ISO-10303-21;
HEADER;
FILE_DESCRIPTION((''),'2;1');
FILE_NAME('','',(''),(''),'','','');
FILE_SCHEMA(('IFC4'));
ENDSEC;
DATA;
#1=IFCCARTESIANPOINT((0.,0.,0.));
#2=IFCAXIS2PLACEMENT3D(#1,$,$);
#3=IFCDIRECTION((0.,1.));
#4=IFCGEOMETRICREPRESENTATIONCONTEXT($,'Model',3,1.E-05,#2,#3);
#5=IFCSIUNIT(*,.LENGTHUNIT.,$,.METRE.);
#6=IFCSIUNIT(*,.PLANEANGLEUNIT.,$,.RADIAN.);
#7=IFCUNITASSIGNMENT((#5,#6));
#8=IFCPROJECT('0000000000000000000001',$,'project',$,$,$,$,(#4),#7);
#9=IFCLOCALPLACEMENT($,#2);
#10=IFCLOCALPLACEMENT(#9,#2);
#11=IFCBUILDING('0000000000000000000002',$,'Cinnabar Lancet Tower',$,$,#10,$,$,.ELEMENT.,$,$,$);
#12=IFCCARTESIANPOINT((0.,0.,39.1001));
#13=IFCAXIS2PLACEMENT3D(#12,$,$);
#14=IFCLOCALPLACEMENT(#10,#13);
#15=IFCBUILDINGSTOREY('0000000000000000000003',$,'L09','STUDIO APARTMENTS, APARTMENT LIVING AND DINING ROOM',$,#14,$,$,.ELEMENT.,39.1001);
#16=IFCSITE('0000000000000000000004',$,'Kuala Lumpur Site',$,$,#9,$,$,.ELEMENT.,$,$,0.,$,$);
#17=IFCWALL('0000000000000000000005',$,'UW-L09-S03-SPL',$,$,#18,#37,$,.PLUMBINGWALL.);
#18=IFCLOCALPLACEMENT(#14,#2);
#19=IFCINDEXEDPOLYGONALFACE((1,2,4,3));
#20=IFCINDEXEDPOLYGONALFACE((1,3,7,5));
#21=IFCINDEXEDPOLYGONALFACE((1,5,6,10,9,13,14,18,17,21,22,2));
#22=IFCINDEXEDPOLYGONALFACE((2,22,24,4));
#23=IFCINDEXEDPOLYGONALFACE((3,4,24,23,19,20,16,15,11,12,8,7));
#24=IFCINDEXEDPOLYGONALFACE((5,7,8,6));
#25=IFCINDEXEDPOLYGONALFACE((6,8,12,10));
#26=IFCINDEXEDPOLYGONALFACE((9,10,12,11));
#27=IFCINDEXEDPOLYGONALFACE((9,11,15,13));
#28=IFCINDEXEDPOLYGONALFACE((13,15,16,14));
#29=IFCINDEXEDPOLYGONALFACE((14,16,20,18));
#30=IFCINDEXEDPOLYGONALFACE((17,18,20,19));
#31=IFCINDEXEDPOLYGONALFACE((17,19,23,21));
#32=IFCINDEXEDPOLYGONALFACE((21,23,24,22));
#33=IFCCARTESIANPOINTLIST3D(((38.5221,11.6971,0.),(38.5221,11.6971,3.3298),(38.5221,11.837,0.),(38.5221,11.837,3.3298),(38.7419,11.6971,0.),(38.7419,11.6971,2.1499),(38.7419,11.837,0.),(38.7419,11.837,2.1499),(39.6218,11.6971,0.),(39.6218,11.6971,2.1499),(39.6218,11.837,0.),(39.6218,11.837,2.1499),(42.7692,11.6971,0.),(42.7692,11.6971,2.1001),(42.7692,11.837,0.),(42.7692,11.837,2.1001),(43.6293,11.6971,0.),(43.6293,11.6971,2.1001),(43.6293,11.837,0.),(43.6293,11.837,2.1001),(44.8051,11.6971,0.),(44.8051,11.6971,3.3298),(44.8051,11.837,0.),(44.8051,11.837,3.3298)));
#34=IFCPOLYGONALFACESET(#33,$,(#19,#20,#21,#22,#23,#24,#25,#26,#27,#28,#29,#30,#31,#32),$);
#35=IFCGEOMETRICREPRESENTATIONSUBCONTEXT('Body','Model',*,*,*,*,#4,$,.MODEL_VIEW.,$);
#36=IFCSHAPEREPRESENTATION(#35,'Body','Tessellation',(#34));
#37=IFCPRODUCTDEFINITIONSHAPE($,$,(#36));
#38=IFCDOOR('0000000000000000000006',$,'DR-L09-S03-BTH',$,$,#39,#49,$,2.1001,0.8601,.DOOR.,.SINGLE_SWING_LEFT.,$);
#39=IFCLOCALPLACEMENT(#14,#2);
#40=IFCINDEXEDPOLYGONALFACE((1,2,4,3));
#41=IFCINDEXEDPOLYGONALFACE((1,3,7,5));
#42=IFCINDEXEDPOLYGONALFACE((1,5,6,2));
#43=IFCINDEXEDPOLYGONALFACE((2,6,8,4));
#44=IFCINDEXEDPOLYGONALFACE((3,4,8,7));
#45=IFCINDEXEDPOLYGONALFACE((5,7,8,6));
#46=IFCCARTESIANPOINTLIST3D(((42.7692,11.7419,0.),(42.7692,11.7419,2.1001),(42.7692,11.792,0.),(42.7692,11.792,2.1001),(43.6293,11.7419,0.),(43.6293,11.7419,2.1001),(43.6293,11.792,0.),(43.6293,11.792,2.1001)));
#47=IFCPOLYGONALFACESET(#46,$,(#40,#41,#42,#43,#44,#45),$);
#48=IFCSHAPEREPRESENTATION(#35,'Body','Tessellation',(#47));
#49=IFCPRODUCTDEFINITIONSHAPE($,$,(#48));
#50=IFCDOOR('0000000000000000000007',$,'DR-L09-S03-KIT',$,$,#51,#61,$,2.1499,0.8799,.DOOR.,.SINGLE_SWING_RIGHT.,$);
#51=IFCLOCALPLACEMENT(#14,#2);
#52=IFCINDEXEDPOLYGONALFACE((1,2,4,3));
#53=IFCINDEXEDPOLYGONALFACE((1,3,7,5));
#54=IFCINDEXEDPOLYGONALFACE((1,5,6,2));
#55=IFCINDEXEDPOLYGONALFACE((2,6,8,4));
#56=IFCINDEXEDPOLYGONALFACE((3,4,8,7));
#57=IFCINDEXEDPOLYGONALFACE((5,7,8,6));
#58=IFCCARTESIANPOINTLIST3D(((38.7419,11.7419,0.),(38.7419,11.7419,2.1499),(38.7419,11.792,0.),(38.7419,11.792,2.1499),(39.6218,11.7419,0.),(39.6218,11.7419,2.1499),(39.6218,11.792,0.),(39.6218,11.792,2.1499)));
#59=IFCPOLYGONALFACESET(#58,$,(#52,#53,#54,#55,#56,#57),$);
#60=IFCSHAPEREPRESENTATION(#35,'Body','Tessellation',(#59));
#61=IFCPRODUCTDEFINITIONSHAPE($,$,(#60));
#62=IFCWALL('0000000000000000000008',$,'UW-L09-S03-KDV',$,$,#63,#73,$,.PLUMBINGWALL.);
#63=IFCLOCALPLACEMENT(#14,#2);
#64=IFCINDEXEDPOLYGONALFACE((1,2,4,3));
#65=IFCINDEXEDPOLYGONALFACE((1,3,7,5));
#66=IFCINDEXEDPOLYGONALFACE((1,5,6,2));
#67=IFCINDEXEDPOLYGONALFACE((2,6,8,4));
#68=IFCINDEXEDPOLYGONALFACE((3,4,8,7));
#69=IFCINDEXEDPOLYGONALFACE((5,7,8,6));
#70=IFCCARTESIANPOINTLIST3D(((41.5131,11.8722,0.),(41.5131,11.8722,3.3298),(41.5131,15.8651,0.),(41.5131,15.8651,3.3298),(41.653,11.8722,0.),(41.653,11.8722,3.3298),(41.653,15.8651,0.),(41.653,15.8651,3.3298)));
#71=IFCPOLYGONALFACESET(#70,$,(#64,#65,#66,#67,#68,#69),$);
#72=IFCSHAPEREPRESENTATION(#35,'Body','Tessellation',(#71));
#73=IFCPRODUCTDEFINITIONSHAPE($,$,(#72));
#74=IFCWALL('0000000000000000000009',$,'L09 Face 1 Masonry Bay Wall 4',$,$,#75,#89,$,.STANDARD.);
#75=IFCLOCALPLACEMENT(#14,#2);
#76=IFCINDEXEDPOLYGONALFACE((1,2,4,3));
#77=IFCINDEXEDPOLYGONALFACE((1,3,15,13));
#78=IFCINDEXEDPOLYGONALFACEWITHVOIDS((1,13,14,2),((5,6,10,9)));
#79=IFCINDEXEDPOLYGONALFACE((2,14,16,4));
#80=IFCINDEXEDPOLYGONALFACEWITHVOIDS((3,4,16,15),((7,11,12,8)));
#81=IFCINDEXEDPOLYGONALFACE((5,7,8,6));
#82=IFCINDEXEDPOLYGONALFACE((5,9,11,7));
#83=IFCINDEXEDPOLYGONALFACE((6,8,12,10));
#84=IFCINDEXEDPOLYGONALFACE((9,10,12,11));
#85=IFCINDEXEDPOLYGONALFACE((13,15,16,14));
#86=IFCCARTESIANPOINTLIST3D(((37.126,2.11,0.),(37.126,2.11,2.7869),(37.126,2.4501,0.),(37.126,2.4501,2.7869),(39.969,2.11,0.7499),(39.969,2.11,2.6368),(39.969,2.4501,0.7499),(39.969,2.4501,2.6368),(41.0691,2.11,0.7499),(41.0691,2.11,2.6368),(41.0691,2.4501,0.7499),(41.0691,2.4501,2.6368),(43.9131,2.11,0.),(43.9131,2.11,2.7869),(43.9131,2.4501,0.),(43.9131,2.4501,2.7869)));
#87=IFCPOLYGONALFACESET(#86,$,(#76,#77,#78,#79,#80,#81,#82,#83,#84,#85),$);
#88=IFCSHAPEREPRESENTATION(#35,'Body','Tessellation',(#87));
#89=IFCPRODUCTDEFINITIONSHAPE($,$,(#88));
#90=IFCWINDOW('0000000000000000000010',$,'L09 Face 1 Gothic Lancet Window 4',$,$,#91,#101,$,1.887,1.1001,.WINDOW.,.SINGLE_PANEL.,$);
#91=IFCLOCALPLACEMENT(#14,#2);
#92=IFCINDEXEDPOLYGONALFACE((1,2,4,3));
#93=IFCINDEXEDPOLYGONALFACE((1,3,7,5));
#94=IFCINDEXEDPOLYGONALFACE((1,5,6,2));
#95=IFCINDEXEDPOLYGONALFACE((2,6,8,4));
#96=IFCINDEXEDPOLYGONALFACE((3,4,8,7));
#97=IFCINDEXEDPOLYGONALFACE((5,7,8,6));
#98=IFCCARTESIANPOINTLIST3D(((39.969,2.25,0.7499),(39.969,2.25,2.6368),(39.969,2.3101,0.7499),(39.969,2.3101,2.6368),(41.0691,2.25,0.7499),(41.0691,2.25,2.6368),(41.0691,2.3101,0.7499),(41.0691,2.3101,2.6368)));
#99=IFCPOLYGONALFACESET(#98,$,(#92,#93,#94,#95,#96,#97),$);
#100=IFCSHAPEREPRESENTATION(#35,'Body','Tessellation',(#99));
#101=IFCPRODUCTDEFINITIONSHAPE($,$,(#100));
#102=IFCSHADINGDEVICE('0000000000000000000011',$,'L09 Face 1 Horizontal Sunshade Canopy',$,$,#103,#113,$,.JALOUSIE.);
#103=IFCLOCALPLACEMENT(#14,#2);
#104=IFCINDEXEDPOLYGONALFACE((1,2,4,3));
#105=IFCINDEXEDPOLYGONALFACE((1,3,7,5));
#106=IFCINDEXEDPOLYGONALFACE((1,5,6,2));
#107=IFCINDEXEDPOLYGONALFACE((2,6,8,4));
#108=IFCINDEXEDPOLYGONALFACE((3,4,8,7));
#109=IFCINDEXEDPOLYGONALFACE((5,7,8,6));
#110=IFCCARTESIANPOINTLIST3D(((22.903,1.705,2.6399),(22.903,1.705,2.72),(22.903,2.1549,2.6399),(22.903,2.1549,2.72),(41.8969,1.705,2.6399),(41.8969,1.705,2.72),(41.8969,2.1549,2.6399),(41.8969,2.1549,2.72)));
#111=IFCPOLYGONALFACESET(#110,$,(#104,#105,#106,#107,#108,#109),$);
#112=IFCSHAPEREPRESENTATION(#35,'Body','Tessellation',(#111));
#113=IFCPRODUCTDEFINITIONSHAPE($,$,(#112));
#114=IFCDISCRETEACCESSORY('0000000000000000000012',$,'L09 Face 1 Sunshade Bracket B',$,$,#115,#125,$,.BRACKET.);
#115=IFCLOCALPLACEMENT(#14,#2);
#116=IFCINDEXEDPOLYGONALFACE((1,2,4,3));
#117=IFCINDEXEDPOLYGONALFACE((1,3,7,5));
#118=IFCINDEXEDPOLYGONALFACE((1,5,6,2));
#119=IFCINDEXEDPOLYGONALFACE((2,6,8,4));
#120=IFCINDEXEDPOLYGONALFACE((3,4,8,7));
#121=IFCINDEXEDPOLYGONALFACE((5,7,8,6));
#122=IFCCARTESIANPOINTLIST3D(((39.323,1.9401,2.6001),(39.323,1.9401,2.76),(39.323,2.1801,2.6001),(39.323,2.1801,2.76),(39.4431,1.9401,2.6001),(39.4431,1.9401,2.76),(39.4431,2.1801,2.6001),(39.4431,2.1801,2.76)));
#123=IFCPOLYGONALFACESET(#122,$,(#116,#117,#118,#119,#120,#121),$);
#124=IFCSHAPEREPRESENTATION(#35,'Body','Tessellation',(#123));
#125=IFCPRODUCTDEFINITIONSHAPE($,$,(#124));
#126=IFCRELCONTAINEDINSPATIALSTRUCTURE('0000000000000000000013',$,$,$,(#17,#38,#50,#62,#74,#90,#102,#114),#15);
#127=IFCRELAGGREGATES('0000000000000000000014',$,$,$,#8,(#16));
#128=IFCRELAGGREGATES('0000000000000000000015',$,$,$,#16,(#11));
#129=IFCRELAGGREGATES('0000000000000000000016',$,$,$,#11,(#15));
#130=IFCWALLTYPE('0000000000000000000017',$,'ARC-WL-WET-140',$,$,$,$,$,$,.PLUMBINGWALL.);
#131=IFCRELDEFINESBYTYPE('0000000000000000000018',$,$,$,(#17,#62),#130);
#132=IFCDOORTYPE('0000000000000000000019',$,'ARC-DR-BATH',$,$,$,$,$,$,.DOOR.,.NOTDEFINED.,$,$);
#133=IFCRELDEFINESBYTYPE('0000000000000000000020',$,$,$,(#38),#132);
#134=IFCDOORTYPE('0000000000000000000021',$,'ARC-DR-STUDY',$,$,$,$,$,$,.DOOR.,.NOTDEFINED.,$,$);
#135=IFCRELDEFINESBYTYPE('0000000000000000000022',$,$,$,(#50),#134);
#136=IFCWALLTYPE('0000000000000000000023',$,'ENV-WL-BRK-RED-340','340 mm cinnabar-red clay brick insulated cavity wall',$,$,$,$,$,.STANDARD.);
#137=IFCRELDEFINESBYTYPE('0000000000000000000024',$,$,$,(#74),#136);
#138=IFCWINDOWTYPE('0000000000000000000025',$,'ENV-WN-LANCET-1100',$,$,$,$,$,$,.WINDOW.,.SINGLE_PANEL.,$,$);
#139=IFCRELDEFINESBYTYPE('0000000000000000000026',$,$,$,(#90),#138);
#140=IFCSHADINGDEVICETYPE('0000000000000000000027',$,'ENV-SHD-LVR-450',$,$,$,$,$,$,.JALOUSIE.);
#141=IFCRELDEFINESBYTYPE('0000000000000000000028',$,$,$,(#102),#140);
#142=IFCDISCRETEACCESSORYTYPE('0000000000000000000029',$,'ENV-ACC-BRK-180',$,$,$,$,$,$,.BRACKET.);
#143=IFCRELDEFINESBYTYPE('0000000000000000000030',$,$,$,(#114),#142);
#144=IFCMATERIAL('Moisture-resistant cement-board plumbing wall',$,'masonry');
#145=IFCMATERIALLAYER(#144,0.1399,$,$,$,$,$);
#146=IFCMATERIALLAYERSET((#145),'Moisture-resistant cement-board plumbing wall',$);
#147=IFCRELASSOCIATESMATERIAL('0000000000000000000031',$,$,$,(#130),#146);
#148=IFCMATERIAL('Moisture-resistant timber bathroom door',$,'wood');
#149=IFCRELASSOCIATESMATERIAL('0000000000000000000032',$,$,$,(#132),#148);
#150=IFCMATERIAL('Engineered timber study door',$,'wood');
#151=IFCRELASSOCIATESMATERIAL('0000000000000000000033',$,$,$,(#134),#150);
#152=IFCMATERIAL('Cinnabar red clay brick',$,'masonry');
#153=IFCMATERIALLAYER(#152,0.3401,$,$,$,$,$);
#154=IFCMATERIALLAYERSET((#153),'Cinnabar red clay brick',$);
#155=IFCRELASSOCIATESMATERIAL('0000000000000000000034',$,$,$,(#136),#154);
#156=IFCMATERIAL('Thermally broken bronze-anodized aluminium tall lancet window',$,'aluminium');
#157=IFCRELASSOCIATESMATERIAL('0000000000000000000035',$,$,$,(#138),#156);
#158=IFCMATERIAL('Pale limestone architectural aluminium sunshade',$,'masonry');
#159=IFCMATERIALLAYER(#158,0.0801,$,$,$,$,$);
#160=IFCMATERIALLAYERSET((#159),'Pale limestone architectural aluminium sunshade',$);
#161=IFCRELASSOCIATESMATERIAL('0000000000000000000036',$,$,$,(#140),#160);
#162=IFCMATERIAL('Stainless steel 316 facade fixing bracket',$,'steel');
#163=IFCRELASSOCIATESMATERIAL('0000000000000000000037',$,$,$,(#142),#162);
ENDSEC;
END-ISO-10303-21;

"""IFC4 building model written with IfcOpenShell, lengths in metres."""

from ifc_helpers import new_model, si_unit, direction, frame, frame_2d, origin, origin_2d, place, context, subcontext, project, spatial, rectangle, extrude, material, layer, layer_set, type_object, element, fill, save


model = new_model("IFC4")

# Units and contexts
model_context = context("Model", 3, precision=1e-05, world=origin(), true_north=direction((0.0, 1.0)))
body_context = subcontext(model_context, "Body", "Model", "MODEL_VIEW")
ifc_project = project(units=[si_unit("LENGTHUNIT", "METRE"), si_unit("PLANEANGLEUNIT", "RADIAN")], contexts=[model_context])

# Site, building, storey
site_placement = place(None, origin())
site = spatial("IfcSite", under=ifc_project, at=site_placement, Name="Kuala Lumpur Site", CompositionType="ELEMENT", RefElevation=0.0)
building_placement = place(site_placement, origin())
building = spatial("IfcBuilding", under=site, at=building_placement, Name="Cinnabar Lancet Tower", CompositionType="ELEMENT")
storey_placement = place(building_placement, frame((0.0, 0.0, 39.1001)))
storey = spatial("IfcBuildingStorey", under=building, at=storey_placement, Name="L09", Description="STUDIO APARTMENTS, APARTMENT LIVING AND DINING ROOM", CompositionType="ELEMENT", Elevation=39.1001)

# Shared definitions
ifc_material_1 = material(Name="Moisture-resistant cement-board plumbing wall", Category="masonry")
ifc_layer_1 = layer(ifc_material_1, 0.1399)
ifc_layer_set_1 = layer_set([ifc_layer_1], Name="Moisture-resistant cement-board plumbing wall")
wall_type_1 = type_object("IfcWallType", Name="ARC-WL-WET-140", PredefinedType="PLUMBINGWALL", material=ifc_layer_set_1)
ifc_material_2 = material(Name="Moisture-resistant timber bathroom door", Category="wood")
door_type_1 = type_object("IfcDoorType", Name="ARC-DR-BATH", OperationType="NOTDEFINED", PredefinedType="DOOR", material=ifc_material_2)
ifc_material_3 = material(Name="Engineered timber study door", Category="wood")
door_type_2 = type_object("IfcDoorType", Name="ARC-DR-STUDY", OperationType="NOTDEFINED", PredefinedType="DOOR", material=ifc_material_3)

# Wall, openings, doors
wall_1_placement = place(storey_placement, frame((38.522, 11.7671, 0.0), z_axis=(0.0, 0.0, 1.0), x_axis=(1.0, 0.0, 0.0)))
wall_1 = element("IfcWall", 1, at=wall_1_placement, inside=storey, type_object=wall_type_1, Name="UW-L09-S03-SPL", PredefinedType="PLUMBINGWALL", context=body_context, shape_type="SweptSolid", body=[
    extrude(rectangle(XDim=6.283, YDim=0.1399, at=frame_2d((3.1416, 0.0))), origin(), (0.0, 0.0, 1.0), 3.3298),
])
opening_1_placement = place(wall_1_placement, frame((4.2471, 0.0, 0.0)))
opening_1 = element("IfcOpeningElement", 2, at=opening_1_placement, cuts=wall_1, PredefinedType="OPENING", context=body_context, shape_type="SweptSolid", body=[
    extrude(rectangle(XDim=0.8601, YDim=2.1001, at=frame_2d((0.4302, 1.05))), frame((0.0, 0.0798, 0.0), z_axis=(0.0, -1.0, 0.0), x_axis=(1.0, 0.0, 0.0)), (0.0, 0.0, 1.0), 0.1599),
])
opening_2_placement = place(wall_1_placement, frame((0.22, 0.0, 0.0)))
opening_2 = element("IfcOpeningElement", 3, at=opening_2_placement, cuts=wall_1, PredefinedType="OPENING", context=body_context, shape_type="SweptSolid", body=[
    extrude(rectangle(XDim=0.8799, YDim=2.1499, at=frame_2d((0.4399, 1.075))), frame((0.0, 0.0798, 0.0), z_axis=(0.0, -1.0, 0.0), x_axis=(1.0, 0.0, 0.0)), (0.0, 0.0, 1.0), 0.1599),
])
door_1_placement = place(opening_1_placement, origin())
door_1 = element("IfcDoor", 4, at=door_1_placement, inside=storey, type_object=door_type_1, Name="DR-L09-S03-BTH", OperationType="SINGLE_SWING_LEFT", OverallHeight=2.1001, OverallWidth=0.8601, PredefinedType="DOOR", context=body_context, shape_type="SweptSolid", body=[
    extrude(rectangle(XDim=0.8601, YDim=2.1001, at=frame_2d((0.4302, 1.05))), frame((0.0, 0.0249, 0.0), z_axis=(0.0, -1.0, 0.0), x_axis=(1.0, 0.0, 0.0)), (0.0, 0.0, 1.0), 0.05),
])
fill(opening_1, door_1)
door_2_placement = place(opening_2_placement, origin())
door_2 = element("IfcDoor", 5, at=door_2_placement, inside=storey, type_object=door_type_2, Name="DR-L09-S03-KIT", OperationType="SINGLE_SWING_RIGHT", OverallHeight=2.1499, OverallWidth=0.8799, PredefinedType="DOOR", context=body_context, shape_type="SweptSolid", body=[
    extrude(rectangle(XDim=0.8799, YDim=2.1499, at=frame_2d((0.4399, 1.075))), frame((0.0, 0.0249, 0.0), z_axis=(0.0, -1.0, 0.0), x_axis=(1.0, 0.0, 0.0)), (0.0, 0.0, 1.0), 0.05),
])
fill(opening_2, door_2)

# Wall
wall_2_placement = place(storey_placement, frame((41.583, 11.8721, 0.0), z_axis=(0.0, 0.0, 1.0), x_axis=(0.0, 1.0, 0.0)))
element("IfcWall", 6, at=wall_2_placement, inside=storey, type_object=wall_type_1, Name="UW-L09-S03-KDV", PredefinedType="PLUMBINGWALL", context=body_context, shape_type="SweptSolid", body=[
    extrude(rectangle(XDim=3.9929, YDim=0.1399, at=frame_2d((1.9966, 0.0))), origin(), (0.0, 0.0, 1.0), 3.3298),
])

# Wall, opening, window
ifc_material_4 = material(Name="Cinnabar red clay brick", Category="masonry")
ifc_layer_2 = layer(ifc_material_4, 0.3401)
ifc_layer_set_2 = layer_set([ifc_layer_2], Name="Cinnabar red clay brick")
wall_type_2 = type_object("IfcWallType", Name="ENV-WL-BRK-RED-340", Description="340 mm cinnabar-red clay brick insulated cavity wall", PredefinedType="STANDARD", material=ifc_layer_set_2)
wall_3_placement = place(storey_placement, frame((37.126, 2.28, 0.0), z_axis=(0.0, 0.0, 1.0), x_axis=(1.0, 0.0, 0.0)))
wall_3 = element("IfcWall", 7, at=wall_3_placement, inside=storey, type_object=wall_type_2, Name="L09 Face 1 Masonry Bay Wall 4", PredefinedType="STANDARD", context=body_context, shape_type="SweptSolid", body=[
    extrude(rectangle(XDim=6.7871, YDim=0.3401, at=frame_2d((3.3936, 0.0))), origin(), (0.0, 0.0, 1.0), 2.7869),
])
opening_3_placement = place(wall_3_placement, frame((2.843, 0.0, 0.75)))
opening_3 = element("IfcOpeningElement", 8, at=opening_3_placement, cuts=wall_3, PredefinedType="OPENING", context=body_context, shape_type="SweptSolid", body=[
    extrude(rectangle(XDim=1.1001, YDim=1.887, at=frame_2d((0.55, 0.9434))), frame((0.0, 0.1799, 0.0), z_axis=(0.0, -1.0, 0.0), x_axis=(1.0, 0.0, 0.0)), (0.0, 0.0, 1.0), 0.3601),
])
ifc_material_5 = material(Name="Thermally broken bronze-anodized aluminium tall lancet window", Category="aluminium")
window_type = type_object("IfcWindowType", Name="ENV-WN-LANCET-1100", PartitioningType="SINGLE_PANEL", PredefinedType="WINDOW", material=ifc_material_5)
window_placement = place(opening_3_placement, origin())
window = element("IfcWindow", 9, at=window_placement, inside=storey, type_object=window_type, Name="L09 Face 1 Gothic Lancet Window 4", OverallHeight=1.887, OverallWidth=1.1001, PartitioningType="SINGLE_PANEL", PredefinedType="WINDOW", context=body_context, shape_type="SweptSolid", body=[
    extrude(rectangle(XDim=1.1001, YDim=1.887, at=frame_2d((0.55, 0.9434))), frame((0.0, 0.03, 0.0), z_axis=(0.0, -1.0, 0.0), x_axis=(1.0, 0.0, 0.0)), (0.0, 0.0, 1.0), 0.0601),
])
fill(opening_3, window)

# Shading device
ifc_material_6 = material(Name="Pale limestone architectural aluminium sunshade", Category="masonry")
ifc_layer_3 = layer(ifc_material_6, 0.0801)
ifc_layer_set_3 = layer_set([ifc_layer_3], Name="Pale limestone architectural aluminium sunshade")
shading_device_type = type_object("IfcShadingDeviceType", Name="ENV-SHD-LVR-450", PredefinedType="JALOUSIE", material=ifc_layer_set_3)
shading_device_placement = place(storey_placement, frame((32.3999, 1.9299, 2.6399), z_axis=(0.0, 0.0, 1.0), x_axis=(1.0, 0.0, 0.0)))
element("IfcShadingDevice", 10, at=shading_device_placement, inside=storey, type_object=shading_device_type, Name="L09 Face 1 Horizontal Sunshade Canopy", PredefinedType="JALOUSIE", context=body_context, shape_type="SweptSolid", body=[
    extrude(rectangle(XDim=18.9939, YDim=0.45, at=origin_2d()), origin(), (0.0, 0.0, 1.0), 0.0801),
])

# Discrete accessory
ifc_material_7 = material(Name="Stainless steel 316 facade fixing bracket", Category="steel")
discrete_accessory_type = type_object("IfcDiscreteAccessoryType", Name="ENV-ACC-BRK-180", PredefinedType="BRACKET", material=ifc_material_7)
discrete_accessory_placement = place(storey_placement, frame((39.3831, 2.0601, 2.6001), z_axis=(0.0, 0.0, 1.0), x_axis=(1.0, 0.0, 0.0)))
element("IfcDiscreteAccessory", 11, at=discrete_accessory_placement, inside=storey, type_object=discrete_accessory_type, Name="L09 Face 1 Sunshade Bracket B", PredefinedType="BRACKET", context=body_context, shape_type="SweptSolid", body=[
    extrude(rectangle(XDim=0.1201, YDim=0.24, at=origin_2d()), origin(), (0.0, 0.0, 1.0), 0.1599),
])

save(model, "model.ifc")
